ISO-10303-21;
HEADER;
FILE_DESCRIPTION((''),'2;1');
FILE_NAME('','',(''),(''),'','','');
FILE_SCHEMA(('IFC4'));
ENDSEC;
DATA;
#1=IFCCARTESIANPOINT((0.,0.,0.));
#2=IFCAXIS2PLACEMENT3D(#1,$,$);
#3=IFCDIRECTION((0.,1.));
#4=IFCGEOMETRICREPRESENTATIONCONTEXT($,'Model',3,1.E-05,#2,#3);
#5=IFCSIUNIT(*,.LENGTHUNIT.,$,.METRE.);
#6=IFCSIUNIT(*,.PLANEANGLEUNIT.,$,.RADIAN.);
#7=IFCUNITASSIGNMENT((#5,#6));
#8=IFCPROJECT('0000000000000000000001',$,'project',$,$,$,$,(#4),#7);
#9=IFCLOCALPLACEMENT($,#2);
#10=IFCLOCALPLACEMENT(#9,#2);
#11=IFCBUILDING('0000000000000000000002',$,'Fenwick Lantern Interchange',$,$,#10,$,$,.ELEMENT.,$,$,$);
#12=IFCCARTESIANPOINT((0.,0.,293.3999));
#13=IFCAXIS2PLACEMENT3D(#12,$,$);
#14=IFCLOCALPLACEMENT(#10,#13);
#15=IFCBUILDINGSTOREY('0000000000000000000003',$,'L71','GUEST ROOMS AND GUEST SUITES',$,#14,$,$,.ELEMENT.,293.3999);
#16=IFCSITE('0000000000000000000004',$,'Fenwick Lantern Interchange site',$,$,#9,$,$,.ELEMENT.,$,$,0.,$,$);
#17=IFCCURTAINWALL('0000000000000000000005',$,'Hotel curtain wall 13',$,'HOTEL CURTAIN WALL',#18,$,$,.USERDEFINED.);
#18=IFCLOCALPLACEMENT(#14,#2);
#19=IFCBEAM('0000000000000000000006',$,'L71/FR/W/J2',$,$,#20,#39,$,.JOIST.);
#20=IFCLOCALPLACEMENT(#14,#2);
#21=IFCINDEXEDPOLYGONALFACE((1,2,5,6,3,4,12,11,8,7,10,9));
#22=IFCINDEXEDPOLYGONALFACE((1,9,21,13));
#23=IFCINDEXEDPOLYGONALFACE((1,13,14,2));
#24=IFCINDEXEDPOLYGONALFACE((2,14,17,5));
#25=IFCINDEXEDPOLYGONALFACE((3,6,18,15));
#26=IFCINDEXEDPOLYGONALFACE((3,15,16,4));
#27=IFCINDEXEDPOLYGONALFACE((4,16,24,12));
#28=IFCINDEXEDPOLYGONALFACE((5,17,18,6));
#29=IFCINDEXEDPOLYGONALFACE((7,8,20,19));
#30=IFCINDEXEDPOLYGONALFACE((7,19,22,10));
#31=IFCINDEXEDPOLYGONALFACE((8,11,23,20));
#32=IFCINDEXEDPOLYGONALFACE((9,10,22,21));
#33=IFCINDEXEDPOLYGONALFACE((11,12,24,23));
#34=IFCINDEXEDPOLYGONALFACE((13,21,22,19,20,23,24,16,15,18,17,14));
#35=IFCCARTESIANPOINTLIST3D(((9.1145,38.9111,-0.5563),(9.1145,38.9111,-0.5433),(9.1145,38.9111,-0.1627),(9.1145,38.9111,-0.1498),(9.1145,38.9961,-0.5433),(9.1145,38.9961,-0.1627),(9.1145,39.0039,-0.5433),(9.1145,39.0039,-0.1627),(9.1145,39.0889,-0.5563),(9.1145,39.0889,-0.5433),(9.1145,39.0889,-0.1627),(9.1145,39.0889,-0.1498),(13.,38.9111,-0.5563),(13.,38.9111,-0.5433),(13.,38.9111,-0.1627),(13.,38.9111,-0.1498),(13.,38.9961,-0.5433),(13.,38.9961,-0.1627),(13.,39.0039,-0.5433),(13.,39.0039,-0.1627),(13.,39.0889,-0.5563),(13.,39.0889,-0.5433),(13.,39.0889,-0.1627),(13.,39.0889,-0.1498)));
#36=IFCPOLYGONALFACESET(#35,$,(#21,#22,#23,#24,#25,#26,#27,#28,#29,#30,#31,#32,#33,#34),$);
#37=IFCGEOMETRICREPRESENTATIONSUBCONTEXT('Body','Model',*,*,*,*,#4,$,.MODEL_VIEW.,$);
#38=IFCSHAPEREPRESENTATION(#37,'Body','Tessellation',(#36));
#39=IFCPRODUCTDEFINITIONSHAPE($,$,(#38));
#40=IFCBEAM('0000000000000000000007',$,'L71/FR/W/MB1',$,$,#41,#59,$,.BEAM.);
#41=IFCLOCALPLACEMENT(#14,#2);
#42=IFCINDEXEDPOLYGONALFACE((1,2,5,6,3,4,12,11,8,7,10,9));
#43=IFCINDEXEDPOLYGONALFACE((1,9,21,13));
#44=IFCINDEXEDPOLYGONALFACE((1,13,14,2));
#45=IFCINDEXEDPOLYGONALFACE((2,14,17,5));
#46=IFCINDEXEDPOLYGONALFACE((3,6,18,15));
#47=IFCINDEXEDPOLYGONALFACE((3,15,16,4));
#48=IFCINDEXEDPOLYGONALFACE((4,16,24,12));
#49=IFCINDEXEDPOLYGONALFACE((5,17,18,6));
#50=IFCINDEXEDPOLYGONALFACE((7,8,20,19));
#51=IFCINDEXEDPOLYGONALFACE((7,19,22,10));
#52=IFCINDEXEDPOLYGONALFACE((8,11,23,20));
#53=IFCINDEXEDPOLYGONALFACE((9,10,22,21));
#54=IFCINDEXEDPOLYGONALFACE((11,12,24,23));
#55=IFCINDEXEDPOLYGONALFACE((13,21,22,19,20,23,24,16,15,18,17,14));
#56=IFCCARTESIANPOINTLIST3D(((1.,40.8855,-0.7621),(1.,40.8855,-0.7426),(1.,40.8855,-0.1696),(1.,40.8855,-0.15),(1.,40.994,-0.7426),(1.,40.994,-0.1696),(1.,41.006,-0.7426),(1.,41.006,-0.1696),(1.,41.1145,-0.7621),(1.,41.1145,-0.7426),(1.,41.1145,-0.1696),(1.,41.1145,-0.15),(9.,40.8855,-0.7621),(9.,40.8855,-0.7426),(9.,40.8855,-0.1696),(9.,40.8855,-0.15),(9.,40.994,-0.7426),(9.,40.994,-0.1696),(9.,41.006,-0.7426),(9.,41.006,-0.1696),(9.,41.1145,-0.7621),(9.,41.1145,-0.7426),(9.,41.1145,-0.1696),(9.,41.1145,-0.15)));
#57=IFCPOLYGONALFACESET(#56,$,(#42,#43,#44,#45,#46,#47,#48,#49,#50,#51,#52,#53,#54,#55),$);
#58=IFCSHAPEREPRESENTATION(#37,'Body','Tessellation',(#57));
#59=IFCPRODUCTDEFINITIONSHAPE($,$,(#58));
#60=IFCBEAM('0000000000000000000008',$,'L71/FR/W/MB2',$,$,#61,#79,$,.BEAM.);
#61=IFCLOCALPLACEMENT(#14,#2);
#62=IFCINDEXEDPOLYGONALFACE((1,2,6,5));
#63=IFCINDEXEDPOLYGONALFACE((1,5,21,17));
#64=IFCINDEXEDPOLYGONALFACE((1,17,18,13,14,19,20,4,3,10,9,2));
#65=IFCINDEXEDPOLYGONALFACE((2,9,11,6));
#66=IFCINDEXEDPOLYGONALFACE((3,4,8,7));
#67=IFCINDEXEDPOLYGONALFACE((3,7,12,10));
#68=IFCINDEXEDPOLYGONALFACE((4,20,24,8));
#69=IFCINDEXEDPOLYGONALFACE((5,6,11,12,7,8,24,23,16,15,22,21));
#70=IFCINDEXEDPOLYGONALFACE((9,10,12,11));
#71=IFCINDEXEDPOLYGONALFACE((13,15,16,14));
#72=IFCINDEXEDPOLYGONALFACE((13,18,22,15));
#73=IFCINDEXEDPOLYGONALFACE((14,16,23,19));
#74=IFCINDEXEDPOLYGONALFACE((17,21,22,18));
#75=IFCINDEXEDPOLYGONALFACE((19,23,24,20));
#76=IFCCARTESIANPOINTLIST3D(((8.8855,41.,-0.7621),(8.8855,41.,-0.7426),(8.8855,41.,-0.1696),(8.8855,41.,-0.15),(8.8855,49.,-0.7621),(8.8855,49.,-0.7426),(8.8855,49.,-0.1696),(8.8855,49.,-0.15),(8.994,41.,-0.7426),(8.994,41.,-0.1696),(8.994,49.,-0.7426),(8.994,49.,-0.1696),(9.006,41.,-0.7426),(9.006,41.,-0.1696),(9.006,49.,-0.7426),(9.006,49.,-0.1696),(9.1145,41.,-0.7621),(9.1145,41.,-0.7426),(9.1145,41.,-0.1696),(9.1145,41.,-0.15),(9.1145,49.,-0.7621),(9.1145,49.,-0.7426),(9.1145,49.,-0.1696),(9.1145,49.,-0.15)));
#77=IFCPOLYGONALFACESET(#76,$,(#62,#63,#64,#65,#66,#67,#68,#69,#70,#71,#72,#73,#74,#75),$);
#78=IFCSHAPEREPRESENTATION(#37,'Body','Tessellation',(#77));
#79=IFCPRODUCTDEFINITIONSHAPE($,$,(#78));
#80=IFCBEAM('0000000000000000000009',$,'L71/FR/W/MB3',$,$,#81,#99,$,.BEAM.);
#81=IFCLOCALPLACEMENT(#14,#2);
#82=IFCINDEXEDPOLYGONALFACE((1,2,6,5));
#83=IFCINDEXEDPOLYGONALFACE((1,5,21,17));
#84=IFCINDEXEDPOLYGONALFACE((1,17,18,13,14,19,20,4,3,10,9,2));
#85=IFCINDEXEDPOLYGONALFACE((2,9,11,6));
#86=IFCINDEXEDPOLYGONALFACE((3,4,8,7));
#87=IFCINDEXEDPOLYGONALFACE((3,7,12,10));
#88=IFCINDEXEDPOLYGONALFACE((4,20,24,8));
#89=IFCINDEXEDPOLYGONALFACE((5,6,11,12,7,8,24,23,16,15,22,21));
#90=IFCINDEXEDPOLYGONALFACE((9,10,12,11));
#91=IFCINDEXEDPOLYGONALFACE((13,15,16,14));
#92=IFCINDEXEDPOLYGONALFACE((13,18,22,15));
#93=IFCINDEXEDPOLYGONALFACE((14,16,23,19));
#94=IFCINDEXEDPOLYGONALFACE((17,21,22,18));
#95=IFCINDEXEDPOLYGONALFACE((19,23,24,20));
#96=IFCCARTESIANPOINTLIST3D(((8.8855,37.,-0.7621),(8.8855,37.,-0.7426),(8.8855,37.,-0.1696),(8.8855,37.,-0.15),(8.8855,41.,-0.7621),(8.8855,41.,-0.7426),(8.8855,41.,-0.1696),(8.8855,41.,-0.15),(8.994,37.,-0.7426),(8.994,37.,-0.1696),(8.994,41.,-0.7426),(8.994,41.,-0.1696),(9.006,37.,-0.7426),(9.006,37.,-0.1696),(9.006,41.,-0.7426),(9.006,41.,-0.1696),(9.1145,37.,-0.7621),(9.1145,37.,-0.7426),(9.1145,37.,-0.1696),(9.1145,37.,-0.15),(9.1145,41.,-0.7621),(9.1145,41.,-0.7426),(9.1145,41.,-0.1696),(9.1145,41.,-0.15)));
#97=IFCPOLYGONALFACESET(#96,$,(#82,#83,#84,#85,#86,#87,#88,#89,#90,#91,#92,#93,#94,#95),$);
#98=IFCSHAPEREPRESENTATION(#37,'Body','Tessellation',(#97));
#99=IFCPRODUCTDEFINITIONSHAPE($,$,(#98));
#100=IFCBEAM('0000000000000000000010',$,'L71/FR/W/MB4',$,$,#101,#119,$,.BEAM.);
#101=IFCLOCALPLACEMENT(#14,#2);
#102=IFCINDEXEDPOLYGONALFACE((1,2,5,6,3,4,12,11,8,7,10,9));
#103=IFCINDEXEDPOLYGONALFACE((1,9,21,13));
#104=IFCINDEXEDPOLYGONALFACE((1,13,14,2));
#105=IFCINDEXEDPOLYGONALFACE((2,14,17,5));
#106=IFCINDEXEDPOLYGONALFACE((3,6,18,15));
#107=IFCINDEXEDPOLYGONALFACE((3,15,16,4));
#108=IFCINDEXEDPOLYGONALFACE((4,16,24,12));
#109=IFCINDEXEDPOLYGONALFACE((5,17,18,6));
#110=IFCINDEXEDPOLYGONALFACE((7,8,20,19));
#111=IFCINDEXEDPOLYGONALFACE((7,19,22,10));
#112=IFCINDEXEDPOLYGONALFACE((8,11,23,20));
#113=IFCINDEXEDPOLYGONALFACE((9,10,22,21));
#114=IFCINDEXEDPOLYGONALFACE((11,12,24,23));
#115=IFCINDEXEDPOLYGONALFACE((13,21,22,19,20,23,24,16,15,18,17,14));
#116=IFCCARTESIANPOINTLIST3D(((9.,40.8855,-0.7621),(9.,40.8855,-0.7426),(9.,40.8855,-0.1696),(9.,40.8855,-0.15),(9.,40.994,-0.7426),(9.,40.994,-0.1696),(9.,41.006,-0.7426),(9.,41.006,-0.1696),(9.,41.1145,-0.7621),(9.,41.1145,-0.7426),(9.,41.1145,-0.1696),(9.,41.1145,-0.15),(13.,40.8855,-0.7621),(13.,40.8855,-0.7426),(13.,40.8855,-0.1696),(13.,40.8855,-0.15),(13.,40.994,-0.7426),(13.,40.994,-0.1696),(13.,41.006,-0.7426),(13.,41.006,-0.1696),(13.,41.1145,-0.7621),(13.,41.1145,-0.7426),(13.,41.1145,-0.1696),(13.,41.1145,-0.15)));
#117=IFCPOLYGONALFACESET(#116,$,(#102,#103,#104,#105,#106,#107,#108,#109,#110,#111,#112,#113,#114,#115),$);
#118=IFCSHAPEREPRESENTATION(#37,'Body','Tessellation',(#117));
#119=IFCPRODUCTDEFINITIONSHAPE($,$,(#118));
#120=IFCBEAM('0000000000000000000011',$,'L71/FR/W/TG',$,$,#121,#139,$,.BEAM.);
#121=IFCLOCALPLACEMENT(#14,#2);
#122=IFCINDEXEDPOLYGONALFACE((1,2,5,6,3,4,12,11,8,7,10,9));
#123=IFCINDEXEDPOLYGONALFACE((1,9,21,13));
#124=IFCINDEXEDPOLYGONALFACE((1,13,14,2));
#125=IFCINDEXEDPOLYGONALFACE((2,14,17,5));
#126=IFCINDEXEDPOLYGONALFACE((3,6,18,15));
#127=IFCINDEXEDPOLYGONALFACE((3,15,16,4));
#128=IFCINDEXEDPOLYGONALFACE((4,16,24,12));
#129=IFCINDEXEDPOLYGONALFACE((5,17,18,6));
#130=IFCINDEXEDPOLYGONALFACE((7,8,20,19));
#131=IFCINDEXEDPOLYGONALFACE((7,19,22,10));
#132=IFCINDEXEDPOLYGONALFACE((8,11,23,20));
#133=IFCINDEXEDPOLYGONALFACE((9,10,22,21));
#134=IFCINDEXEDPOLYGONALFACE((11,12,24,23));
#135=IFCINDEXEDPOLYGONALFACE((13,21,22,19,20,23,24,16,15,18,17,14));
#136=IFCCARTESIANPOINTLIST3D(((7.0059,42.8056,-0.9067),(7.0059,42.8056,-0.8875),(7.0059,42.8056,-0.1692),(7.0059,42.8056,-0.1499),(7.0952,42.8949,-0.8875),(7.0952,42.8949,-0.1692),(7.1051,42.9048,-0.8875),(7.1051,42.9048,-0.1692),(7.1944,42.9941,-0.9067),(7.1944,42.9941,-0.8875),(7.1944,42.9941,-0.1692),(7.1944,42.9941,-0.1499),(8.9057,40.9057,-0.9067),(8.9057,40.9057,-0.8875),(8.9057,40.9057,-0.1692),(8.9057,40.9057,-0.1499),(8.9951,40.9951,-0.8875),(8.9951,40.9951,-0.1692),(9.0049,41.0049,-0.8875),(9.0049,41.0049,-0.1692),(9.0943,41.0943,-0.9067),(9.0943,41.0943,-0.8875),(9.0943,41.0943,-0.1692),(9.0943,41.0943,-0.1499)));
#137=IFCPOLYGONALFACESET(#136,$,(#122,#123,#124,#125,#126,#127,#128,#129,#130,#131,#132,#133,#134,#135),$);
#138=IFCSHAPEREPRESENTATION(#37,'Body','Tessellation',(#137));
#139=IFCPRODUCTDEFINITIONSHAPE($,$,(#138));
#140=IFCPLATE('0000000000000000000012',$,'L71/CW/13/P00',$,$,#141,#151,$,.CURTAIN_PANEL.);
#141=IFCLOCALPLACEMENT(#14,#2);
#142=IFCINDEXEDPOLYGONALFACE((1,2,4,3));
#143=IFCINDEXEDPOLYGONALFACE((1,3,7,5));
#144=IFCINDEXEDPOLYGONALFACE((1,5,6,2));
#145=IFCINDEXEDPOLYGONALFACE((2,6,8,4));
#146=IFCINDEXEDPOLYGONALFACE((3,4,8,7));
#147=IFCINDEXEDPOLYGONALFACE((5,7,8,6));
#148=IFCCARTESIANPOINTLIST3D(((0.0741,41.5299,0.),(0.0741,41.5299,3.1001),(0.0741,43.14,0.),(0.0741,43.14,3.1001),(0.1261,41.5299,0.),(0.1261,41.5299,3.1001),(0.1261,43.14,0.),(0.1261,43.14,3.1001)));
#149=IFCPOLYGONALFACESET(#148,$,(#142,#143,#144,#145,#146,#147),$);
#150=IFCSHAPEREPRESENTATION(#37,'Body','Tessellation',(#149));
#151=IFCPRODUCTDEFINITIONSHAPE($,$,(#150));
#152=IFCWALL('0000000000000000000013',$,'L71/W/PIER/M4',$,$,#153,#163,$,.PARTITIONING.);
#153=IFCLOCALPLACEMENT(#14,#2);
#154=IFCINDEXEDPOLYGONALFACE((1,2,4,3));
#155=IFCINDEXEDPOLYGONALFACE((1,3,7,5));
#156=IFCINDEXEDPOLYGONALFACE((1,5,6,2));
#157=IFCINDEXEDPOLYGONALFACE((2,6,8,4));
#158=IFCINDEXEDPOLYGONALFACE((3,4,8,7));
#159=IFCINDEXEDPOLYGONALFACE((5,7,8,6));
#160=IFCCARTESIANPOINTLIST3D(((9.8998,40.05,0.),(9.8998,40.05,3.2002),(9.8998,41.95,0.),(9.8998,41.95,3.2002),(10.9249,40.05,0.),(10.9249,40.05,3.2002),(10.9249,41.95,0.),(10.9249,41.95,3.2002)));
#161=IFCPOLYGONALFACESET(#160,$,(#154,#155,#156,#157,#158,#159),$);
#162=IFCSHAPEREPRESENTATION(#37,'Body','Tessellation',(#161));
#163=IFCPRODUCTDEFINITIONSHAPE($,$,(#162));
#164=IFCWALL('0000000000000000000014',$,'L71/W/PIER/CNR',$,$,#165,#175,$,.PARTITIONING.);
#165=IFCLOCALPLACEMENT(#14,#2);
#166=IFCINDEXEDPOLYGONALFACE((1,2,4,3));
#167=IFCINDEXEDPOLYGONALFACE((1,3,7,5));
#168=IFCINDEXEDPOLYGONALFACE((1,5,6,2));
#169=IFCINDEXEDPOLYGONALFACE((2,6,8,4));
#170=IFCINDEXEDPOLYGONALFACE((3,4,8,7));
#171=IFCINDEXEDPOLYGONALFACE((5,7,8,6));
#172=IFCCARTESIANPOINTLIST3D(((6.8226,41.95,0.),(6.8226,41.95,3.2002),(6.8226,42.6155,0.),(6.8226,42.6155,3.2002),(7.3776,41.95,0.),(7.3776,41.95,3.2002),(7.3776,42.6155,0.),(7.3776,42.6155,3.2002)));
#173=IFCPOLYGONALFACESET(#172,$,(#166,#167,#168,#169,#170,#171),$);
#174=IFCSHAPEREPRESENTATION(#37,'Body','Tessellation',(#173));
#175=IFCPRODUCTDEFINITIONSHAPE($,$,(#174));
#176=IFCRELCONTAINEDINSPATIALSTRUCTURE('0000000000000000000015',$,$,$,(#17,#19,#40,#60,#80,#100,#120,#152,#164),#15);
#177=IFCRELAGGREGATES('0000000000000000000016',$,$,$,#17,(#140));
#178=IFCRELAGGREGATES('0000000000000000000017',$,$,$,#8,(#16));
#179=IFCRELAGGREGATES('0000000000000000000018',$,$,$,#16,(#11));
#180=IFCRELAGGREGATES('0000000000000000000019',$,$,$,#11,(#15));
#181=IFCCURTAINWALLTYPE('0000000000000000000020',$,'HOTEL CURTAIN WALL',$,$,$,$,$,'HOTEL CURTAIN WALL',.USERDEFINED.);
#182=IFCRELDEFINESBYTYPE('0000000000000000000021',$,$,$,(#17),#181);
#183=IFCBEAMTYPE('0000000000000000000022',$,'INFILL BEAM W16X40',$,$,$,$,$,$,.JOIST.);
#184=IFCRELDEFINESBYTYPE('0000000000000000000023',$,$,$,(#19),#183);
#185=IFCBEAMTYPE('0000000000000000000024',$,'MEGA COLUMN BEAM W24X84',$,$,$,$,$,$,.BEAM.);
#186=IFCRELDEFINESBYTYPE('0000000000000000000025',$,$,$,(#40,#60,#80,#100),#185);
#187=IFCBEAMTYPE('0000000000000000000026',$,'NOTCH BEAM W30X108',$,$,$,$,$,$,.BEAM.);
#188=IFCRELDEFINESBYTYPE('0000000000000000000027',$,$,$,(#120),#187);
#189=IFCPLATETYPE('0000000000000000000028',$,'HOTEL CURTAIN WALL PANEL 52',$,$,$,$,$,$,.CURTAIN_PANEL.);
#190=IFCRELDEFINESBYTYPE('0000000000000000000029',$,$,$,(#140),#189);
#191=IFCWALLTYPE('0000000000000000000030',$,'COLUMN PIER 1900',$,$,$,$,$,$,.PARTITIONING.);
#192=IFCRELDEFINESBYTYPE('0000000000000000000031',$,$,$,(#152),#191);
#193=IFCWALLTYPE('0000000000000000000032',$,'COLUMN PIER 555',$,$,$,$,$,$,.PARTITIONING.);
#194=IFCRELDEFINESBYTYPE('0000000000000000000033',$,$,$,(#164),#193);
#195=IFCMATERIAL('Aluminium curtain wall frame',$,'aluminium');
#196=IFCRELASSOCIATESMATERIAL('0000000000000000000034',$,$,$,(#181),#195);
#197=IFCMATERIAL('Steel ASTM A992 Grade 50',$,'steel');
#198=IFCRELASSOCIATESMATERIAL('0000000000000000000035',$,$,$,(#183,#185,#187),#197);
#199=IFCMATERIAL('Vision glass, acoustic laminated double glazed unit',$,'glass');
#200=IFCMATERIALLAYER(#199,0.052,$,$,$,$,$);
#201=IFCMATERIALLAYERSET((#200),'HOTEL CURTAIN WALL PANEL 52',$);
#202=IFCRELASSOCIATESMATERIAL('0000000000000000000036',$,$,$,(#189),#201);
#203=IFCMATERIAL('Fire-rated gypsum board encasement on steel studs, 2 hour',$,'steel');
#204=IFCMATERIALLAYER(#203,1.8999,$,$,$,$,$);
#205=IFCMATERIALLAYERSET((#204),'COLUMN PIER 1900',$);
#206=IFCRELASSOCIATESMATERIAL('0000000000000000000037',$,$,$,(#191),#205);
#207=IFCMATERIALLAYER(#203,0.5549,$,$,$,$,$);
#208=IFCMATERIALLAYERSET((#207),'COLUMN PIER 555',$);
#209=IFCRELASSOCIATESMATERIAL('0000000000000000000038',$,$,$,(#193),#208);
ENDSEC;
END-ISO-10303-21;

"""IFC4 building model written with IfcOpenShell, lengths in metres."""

from ifc_helpers import new_model, si_unit, direction, frame, frame_2d, origin, origin_2d, place, context, subcontext, project, spatial, rectangle, i_section, extrude, material, layer, layer_set, material_profile, profile_set, type_object, element, aggregate, save


model = new_model("IFC4")

# Units and contexts
model_context = context("Model", 3, precision=1e-05, world=origin(), true_north=direction((0.0, 1.0)))
body_context = subcontext(model_context, "Body", "Model", "MODEL_VIEW")
ifc_project = project(units=[si_unit("LENGTHUNIT", "METRE"), si_unit("PLANEANGLEUNIT", "RADIAN")], contexts=[model_context])

# Site, building, storey
site_placement = place(None, origin())
site = spatial("IfcSite", under=ifc_project, at=site_placement, Name="Fenwick Lantern Interchange site", CompositionType="ELEMENT", RefElevation=0.0)
building_placement = place(site_placement, origin())
building = spatial("IfcBuilding", under=site, at=building_placement, Name="Fenwick Lantern Interchange", CompositionType="ELEMENT")
storey_placement = place(building_placement, frame((0.0, 0.0, 293.3999)))
storey = spatial("IfcBuildingStorey", under=building, at=storey_placement, Name="L71", Description="GUEST ROOMS AND GUEST SUITES", CompositionType="ELEMENT", Elevation=293.3999)

# Shared definitions
ifc_material_1 = material(Name="Steel ASTM A992 Grade 50", Category="steel")

# Curtain wall
ifc_material_2 = material(Name="Aluminium curtain wall frame", Category="aluminium")
curtain_wall_type = type_object("IfcCurtainWallType", Name="HOTEL CURTAIN WALL", ElementType="HOTEL CURTAIN WALL", PredefinedType="USERDEFINED", material=ifc_material_2)
curtain_wall_placement = place(storey_placement, origin())
curtain_wall = element("IfcCurtainWall", 1, at=curtain_wall_placement, inside=storey, type_object=curtain_wall_type, Name="Hotel curtain wall 13", ObjectType="HOTEL CURTAIN WALL", PredefinedType="USERDEFINED")

# Beams
ifc_material_profile_1 = material_profile(ifc_material_1, i_section(OverallWidth=0.1777, OverallDepth=0.4065, WebThickness=0.0078, FlangeThickness=0.0129, at=origin_2d()), Name="W16X40")
ifc_profile_set_1 = profile_set([ifc_material_profile_1], Name="Steel ASTM A992 Grade 50")
beam_type_1 = type_object("IfcBeamType", Name="INFILL BEAM W16X40", PredefinedType="JOIST", material=ifc_profile_set_1)
beam_1_placement = place(storey_placement, frame((9.1145, 39.0, -0.353), z_axis=(1.0, 0.0, 0.0), x_axis=(0.0, 1.0, 0.0)))
element("IfcBeam", 2, at=beam_1_placement, inside=storey, type_object=beam_type_1, Name="L71/FR/W/J2", PredefinedType="JOIST", context=body_context, shape_type="SweptSolid", body=[
    extrude(i_section(OverallWidth=0.1777, OverallDepth=0.4065, WebThickness=0.0078, FlangeThickness=0.0129, at=origin_2d()), origin(), (0.0, 0.0, 1.0), 3.8855),
])
ifc_material_profile_2 = material_profile(ifc_material_1, i_section(OverallWidth=0.229, OverallDepth=0.6121, WebThickness=0.012, FlangeThickness=0.0195, at=origin_2d()), Name="W24X84")
ifc_profile_set_2 = profile_set([ifc_material_profile_2], Name="Steel ASTM A992 Grade 50")
beam_type_2 = type_object("IfcBeamType", Name="MEGA COLUMN BEAM W24X84", PredefinedType="BEAM", material=ifc_profile_set_2)
for number, where, z_axis, x_axis, name in (
    (3, (9.0, 41.0, -0.4561), (-1.0, 0.0, 0.0), (0.0, -1.0, 0.0), "L71/FR/W/MB1"),
    (4, (9.0, 41.0, -0.4561), (0.0, 1.0, 0.0), (-1.0, 0.0, 0.0), "L71/FR/W/MB2"),
):
    element("IfcBeam", number, at=place(storey_placement, frame(where, z_axis=z_axis, x_axis=x_axis)), inside=storey, type_object=beam_type_2, Name=name, PredefinedType="BEAM", context=body_context, shape_type="SweptSolid", body=[
        extrude(i_section(OverallWidth=0.229, OverallDepth=0.6121, WebThickness=0.012, FlangeThickness=0.0195, at=origin_2d()), origin(), (0.0, 0.0, 1.0), 8.0),
    ])
for number, where, z_axis, x_axis, name in (
    (5, (9.0, 41.0, -0.4561), (0.0, -1.0, 0.0), (1.0, 0.0, 0.0), "L71/FR/W/MB3"),
    (6, (9.0, 41.0, -0.4561), (1.0, 0.0, 0.0), (0.0, 1.0, 0.0), "L71/FR/W/MB4"),
):
    element("IfcBeam", number, at=place(storey_placement, frame(where, z_axis=z_axis, x_axis=x_axis)), inside=storey, type_object=beam_type_2, Name=name, PredefinedType="BEAM", context=body_context, shape_type="SweptSolid", body=[
        extrude(i_section(OverallWidth=0.229, OverallDepth=0.6121, WebThickness=0.012, FlangeThickness=0.0195, at=origin_2d()), origin(), (0.0, 0.0, 1.0), 4.0),
    ])
ifc_material_profile_3 = material_profile(ifc_material_1, i_section(OverallWidth=0.2666, OverallDepth=0.7568, WebThickness=0.0139, FlangeThickness=0.0193, at=origin_2d()), Name="W30X108")
ifc_profile_set_3 = profile_set([ifc_material_profile_3], Name="Steel ASTM A992 Grade 50")
beam_type_3 = type_object("IfcBeamType", Name="NOTCH BEAM W30X108", PredefinedType="BEAM", material=ifc_profile_set_3)
beam_2_placement = place(storey_placement, frame((9.0, 41.0, -0.5283), z_axis=(-0.707107, 0.707107, 0.0), x_axis=(-0.707107, -0.707107, 0.0)))
element("IfcBeam", 7, at=beam_2_placement, inside=storey, type_object=beam_type_3, Name="L71/FR/W/TG", PredefinedType="BEAM", context=body_context, shape_type="SweptSolid", body=[
    extrude(i_section(OverallWidth=0.2666, OverallDepth=0.7568, WebThickness=0.0139, FlangeThickness=0.0193, at=origin_2d()), origin(), (0.0, 0.0, 1.0), 2.6868),
])

# Plate
ifc_material_3 = material(Name="Vision glass, acoustic laminated double glazed unit", Category="glass")
ifc_layer_1 = layer(ifc_material_3, 0.052)
ifc_layer_set_1 = layer_set([ifc_layer_1], Name="HOTEL CURTAIN WALL PANEL 52")
plate_type = type_object("IfcPlateType", Name="HOTEL CURTAIN WALL PANEL 52", PredefinedType="CURTAIN_PANEL", material=ifc_layer_set_1)
plate_placement = place(storey_placement, frame((0.1001, 42.335, 0.0), z_axis=(0.0, 0.0, 1.0), x_axis=(0.0, -1.0, 0.0)))
plate = element("IfcPlate", 8, at=plate_placement, type_object=plate_type, Name="L71/CW/13/P00", PredefinedType="CURTAIN_PANEL", context=body_context, shape_type="SweptSolid", body=[
    extrude(rectangle(XDim=1.6101, YDim=0.052, at=origin_2d()), origin(), (0.0, 0.0, 1.0), 3.1001),
])
aggregate(curtain_wall, [plate])

# Walls
ifc_material_4 = material(Name="Fire-rated gypsum board encasement on steel studs, 2 hour", Category="steel")
ifc_layer_2 = layer(ifc_material_4, 1.8999)
ifc_layer_set_2 = layer_set([ifc_layer_2], Name="COLUMN PIER 1900")
wall_type_1 = type_object("IfcWallType", Name="COLUMN PIER 1900", PredefinedType="PARTITIONING", material=ifc_layer_set_2)
wall_1_placement = place(storey_placement, frame((10.925, 41.0, 0.0), z_axis=(0.0, 0.0, 1.0), x_axis=(-1.0, 0.0, 0.0)))
element("IfcWall", 9, at=wall_1_placement, inside=storey, type_object=wall_type_1, Name="L71/W/PIER/M4", PredefinedType="PARTITIONING", context=body_context, shape_type="SweptSolid", body=[
    extrude(rectangle(XDim=1.0251, YDim=1.8999, at=frame_2d((0.5127, 0.0))), origin(), (0.0, 0.0, 1.0), 3.2002),
])
ifc_layer_3 = layer(ifc_material_4, 0.5549)
ifc_layer_set_3 = layer_set([ifc_layer_3], Name="COLUMN PIER 555")
wall_type_2 = type_object("IfcWallType", Name="COLUMN PIER 555", PredefinedType="PARTITIONING", material=ifc_layer_set_3)
wall_2_placement = place(storey_placement, frame((7.1001, 41.95, 0.0), z_axis=(0.0, 0.0, 1.0), x_axis=(0.0, 1.0, 0.0)))
element("IfcWall", 10, at=wall_2_placement, inside=storey, type_object=wall_type_2, Name="L71/W/PIER/CNR", PredefinedType="PARTITIONING", context=body_context, shape_type="SweptSolid", body=[
    extrude(rectangle(XDim=0.6655, YDim=0.5549, at=frame_2d((0.3328, 0.0))), origin(), (0.0, 0.0, 1.0), 3.2002),
])

save(model, "model.ifc")
